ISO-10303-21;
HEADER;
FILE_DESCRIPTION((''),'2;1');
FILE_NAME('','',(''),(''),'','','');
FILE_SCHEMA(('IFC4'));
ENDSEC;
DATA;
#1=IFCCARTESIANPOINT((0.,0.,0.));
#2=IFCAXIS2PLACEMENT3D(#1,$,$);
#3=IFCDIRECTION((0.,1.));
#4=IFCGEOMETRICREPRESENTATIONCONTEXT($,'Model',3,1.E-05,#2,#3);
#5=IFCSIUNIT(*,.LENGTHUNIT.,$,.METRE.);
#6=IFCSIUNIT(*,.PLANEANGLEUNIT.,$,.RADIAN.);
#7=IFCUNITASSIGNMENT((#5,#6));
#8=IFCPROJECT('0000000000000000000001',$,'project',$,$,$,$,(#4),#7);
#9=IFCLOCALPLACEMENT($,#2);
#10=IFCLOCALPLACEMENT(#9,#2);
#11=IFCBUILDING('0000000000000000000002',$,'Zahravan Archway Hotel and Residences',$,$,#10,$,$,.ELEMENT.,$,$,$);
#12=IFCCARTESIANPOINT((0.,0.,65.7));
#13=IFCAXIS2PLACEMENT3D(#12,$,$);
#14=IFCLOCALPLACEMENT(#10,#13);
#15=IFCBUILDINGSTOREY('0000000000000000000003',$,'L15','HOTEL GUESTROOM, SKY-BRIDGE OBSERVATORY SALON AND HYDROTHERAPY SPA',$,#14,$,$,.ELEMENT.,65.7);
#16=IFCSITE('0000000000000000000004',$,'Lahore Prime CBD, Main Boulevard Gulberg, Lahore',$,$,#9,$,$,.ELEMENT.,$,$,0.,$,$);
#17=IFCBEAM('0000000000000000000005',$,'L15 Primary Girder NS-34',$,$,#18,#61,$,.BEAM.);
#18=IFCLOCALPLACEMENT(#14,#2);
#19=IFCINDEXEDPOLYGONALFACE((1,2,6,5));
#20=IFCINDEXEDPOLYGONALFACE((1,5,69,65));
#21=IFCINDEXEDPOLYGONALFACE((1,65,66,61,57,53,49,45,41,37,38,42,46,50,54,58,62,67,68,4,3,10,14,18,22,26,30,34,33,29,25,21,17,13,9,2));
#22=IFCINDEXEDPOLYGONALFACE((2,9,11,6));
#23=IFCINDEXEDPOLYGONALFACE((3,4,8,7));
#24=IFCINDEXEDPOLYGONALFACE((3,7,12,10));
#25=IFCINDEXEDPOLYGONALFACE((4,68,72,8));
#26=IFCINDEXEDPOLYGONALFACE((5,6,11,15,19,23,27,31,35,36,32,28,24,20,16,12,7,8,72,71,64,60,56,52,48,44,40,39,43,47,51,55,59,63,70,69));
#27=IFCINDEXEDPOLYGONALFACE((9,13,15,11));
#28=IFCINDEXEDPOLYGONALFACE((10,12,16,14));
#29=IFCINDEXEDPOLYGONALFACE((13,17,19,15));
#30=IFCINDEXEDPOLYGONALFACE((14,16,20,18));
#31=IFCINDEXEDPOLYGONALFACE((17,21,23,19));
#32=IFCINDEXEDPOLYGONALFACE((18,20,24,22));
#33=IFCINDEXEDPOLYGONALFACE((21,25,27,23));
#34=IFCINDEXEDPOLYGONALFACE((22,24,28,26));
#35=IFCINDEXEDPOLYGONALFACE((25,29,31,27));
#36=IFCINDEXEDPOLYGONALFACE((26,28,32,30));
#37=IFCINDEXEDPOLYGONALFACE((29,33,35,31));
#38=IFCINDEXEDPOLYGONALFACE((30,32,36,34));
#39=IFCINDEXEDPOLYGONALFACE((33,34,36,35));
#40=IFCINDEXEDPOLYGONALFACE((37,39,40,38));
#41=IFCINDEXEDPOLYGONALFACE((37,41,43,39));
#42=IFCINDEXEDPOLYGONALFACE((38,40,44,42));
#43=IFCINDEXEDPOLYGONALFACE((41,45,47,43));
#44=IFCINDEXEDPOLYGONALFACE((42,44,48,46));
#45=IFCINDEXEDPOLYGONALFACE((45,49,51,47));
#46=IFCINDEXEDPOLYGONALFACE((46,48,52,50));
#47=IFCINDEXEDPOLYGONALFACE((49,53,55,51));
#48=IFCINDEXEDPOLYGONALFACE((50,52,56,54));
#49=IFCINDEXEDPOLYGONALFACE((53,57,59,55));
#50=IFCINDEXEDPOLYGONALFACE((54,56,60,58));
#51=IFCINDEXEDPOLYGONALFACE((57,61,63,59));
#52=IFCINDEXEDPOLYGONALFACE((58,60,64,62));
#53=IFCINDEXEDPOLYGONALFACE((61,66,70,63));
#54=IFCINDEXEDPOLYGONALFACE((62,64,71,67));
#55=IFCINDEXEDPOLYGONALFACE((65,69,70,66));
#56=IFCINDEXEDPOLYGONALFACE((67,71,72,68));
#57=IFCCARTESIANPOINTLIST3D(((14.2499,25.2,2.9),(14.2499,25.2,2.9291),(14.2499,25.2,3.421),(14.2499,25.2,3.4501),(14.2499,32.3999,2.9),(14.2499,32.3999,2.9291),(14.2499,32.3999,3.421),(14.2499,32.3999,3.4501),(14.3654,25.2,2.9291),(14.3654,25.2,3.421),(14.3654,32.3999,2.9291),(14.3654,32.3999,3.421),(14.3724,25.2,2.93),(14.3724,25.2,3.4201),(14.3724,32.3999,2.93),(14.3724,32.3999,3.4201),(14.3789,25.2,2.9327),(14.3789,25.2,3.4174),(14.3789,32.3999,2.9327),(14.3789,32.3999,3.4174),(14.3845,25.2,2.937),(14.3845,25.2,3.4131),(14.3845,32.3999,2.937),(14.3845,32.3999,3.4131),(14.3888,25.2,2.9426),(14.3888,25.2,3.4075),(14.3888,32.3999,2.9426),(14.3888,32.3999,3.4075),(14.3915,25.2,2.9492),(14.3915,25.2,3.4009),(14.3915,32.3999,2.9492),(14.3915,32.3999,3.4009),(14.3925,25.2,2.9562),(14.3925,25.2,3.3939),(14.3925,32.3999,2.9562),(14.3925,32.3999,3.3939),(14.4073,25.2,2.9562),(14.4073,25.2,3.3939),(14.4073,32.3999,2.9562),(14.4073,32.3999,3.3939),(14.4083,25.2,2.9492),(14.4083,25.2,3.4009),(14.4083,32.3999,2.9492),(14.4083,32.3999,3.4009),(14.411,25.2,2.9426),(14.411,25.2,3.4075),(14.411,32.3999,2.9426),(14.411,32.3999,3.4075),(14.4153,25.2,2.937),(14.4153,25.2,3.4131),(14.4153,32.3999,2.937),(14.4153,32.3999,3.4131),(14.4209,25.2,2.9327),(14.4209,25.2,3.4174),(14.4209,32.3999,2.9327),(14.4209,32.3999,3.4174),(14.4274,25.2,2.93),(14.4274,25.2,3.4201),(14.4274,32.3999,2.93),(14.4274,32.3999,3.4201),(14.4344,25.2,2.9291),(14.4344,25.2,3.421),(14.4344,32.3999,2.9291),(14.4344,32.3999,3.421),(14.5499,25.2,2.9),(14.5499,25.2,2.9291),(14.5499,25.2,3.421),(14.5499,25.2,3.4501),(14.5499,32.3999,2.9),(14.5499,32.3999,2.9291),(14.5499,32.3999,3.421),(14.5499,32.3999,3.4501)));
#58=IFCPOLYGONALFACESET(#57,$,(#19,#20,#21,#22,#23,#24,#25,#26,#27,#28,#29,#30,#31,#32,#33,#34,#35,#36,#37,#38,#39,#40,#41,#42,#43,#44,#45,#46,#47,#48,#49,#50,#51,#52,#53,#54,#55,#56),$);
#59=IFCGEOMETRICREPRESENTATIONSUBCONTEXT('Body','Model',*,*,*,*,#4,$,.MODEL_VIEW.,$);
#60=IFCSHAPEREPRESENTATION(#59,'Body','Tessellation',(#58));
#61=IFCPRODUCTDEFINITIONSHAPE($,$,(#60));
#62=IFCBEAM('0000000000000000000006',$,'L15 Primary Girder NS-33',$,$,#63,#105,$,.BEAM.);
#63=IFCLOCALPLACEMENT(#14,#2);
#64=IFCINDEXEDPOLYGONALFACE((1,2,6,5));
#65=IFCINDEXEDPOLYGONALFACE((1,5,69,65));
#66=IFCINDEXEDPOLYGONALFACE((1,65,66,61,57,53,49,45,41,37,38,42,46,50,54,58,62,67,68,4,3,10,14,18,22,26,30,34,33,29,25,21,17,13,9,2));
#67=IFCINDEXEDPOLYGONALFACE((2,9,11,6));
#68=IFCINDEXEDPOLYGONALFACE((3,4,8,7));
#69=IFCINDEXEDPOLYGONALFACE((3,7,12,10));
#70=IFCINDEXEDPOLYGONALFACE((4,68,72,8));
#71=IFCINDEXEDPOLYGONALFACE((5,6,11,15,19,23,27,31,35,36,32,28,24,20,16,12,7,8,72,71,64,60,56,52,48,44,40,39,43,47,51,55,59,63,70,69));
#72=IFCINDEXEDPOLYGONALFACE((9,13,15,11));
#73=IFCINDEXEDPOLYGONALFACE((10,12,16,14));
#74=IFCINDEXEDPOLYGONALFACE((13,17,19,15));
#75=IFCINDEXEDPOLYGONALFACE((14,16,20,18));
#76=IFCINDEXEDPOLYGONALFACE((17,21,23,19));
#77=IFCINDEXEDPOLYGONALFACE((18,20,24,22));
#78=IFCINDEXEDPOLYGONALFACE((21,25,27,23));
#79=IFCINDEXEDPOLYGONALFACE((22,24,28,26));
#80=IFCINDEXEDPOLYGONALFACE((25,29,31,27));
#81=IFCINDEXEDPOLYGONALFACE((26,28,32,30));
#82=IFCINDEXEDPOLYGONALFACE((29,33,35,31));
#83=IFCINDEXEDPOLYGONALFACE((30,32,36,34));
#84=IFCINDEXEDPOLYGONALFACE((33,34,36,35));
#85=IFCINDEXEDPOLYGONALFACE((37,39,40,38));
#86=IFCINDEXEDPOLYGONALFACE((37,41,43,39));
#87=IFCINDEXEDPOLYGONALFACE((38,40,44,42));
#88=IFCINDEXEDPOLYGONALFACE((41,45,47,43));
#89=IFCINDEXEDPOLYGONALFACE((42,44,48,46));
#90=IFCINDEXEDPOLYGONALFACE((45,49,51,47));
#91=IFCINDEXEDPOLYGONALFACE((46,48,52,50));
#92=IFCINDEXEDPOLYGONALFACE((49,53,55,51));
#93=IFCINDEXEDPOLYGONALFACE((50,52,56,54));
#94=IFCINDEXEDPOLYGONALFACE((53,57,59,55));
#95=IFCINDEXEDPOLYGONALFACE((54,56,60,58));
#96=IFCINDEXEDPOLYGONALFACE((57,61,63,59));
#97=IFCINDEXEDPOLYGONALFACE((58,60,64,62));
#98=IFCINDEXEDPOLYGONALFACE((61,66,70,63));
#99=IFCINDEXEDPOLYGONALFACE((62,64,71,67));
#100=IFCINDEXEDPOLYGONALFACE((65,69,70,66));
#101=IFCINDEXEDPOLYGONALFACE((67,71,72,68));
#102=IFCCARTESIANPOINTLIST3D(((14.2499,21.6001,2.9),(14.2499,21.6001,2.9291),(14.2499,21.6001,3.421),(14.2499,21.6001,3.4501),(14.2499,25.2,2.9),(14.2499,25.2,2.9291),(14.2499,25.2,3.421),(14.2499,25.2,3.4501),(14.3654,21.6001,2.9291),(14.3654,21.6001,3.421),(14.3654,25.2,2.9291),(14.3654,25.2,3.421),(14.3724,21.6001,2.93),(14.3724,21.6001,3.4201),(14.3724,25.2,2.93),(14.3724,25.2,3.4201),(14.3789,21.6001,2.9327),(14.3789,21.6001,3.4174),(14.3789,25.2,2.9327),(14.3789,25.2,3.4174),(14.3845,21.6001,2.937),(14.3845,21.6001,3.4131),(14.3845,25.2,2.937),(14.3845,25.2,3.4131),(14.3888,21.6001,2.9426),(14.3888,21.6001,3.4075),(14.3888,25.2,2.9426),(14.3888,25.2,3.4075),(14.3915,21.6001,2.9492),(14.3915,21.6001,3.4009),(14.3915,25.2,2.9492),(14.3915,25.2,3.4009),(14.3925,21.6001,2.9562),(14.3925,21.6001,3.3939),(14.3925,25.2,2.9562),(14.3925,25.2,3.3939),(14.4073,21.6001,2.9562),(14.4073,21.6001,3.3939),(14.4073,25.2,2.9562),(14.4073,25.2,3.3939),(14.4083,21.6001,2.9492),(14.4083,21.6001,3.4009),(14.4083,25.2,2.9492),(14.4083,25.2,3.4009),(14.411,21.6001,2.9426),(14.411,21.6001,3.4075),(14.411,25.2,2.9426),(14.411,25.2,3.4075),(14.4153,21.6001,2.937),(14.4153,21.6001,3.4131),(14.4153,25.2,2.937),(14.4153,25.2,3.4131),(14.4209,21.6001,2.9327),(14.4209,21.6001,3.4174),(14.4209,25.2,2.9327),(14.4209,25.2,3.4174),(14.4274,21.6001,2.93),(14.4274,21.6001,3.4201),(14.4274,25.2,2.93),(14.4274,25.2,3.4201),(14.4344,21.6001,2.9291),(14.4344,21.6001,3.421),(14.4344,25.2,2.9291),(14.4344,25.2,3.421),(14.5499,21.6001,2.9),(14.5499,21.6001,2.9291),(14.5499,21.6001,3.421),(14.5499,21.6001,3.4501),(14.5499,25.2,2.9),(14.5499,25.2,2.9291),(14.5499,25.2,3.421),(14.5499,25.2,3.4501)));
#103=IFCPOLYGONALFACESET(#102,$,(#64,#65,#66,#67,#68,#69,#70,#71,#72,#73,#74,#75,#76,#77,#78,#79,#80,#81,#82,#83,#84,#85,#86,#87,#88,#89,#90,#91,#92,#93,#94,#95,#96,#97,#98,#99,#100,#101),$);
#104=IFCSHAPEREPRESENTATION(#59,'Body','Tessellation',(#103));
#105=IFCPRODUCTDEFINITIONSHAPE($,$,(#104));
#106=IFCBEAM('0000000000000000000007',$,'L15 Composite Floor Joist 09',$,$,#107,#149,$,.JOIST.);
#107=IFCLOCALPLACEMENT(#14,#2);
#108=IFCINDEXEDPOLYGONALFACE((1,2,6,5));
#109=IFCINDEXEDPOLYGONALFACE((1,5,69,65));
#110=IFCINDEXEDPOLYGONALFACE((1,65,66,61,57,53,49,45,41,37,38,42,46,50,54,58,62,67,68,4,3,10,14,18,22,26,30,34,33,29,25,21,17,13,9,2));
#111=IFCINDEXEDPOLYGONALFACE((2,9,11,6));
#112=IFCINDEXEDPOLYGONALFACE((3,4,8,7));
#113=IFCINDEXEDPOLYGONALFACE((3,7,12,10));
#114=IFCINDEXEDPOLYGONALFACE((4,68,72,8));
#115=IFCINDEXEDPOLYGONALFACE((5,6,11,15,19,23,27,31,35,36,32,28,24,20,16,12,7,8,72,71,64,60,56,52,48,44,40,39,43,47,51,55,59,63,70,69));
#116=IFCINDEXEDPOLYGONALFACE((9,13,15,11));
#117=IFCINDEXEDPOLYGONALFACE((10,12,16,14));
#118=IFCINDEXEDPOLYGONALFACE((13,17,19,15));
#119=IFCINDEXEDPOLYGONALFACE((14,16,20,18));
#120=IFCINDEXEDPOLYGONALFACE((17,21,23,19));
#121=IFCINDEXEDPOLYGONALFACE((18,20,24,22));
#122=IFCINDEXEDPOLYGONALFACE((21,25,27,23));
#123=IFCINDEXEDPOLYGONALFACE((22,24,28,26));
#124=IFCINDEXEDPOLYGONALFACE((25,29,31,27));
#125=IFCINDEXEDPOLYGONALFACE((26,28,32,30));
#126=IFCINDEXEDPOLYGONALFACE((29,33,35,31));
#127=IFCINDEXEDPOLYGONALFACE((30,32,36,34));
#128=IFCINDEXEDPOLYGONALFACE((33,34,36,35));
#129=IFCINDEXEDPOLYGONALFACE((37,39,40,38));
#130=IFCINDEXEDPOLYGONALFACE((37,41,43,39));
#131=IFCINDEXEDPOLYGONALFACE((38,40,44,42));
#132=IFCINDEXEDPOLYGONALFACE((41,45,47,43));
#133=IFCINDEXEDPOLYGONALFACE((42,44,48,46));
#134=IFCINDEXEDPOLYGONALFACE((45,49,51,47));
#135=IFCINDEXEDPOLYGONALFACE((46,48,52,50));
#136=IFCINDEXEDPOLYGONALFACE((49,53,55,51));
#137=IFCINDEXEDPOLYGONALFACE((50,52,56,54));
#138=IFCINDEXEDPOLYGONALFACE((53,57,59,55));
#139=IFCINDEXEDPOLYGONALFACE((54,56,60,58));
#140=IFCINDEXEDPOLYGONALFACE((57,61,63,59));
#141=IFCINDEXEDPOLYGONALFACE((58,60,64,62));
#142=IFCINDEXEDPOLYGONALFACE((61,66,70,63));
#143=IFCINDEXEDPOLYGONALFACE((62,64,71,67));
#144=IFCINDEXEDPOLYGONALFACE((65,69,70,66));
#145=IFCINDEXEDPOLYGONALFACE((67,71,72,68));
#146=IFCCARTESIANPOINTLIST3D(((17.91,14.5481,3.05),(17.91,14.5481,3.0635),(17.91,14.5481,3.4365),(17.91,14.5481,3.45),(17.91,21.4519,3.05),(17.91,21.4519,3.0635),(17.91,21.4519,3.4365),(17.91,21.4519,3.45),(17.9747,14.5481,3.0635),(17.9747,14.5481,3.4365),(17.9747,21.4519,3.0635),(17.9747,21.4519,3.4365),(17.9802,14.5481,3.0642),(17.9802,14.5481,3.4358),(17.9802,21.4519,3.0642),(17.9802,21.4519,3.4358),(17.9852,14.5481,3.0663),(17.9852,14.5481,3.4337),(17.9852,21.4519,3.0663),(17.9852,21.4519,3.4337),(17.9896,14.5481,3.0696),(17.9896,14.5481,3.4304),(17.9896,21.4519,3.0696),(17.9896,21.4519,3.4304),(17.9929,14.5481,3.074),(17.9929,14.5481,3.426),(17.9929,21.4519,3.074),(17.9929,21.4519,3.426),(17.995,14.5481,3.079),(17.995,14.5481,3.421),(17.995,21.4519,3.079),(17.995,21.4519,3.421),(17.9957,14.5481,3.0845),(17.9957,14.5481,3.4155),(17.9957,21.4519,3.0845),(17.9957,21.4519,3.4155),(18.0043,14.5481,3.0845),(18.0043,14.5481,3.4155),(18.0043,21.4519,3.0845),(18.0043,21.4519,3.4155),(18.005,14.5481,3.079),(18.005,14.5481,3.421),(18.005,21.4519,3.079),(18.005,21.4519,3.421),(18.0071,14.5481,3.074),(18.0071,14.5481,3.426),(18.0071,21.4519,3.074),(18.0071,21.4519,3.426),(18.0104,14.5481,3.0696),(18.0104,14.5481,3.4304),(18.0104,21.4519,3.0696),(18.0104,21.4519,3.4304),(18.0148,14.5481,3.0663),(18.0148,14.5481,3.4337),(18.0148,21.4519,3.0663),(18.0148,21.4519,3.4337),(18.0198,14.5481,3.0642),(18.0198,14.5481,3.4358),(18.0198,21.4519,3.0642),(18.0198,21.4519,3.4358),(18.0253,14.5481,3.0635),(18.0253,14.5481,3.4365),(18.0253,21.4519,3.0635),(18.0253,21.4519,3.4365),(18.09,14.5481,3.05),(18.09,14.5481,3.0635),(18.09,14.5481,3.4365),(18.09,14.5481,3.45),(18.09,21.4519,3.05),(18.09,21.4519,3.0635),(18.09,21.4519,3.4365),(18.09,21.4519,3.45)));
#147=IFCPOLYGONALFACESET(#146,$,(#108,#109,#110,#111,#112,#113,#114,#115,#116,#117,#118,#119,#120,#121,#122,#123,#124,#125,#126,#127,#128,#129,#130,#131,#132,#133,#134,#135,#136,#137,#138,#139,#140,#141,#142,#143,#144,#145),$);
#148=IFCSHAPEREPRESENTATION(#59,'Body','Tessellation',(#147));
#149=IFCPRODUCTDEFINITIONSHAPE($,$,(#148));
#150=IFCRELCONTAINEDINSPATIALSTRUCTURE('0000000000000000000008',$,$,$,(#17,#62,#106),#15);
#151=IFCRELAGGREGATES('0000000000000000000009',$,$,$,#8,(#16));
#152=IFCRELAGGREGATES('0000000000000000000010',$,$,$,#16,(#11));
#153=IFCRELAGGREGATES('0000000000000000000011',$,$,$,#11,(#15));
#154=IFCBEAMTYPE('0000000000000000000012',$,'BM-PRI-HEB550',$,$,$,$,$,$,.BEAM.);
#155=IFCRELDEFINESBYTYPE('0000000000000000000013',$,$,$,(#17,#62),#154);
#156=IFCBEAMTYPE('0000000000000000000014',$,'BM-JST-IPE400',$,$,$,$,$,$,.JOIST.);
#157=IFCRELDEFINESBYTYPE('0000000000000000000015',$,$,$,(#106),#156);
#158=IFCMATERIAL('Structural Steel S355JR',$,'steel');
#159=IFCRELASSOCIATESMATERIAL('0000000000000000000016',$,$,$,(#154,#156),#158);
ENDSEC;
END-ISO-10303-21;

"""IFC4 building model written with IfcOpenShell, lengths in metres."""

from ifc_helpers import new_model, si_unit, direction, frame, origin, origin_2d, place, context, subcontext, project, spatial, i_section, extrude, source, transform, mapped, material, material_profile, profile_set, type_object, element, save


model = new_model("IFC4")

# Units and contexts
model_context = context("Model", 3, precision=1e-05, world=origin(), true_north=direction((0.0, 1.0)))
body_context = subcontext(model_context, "Body", "Model", "MODEL_VIEW")
ifc_project = project(units=[si_unit("LENGTHUNIT", "METRE"), si_unit("PLANEANGLEUNIT", "RADIAN")], contexts=[model_context])

# Site, building, storey
site_placement = place(None, origin())
site = spatial("IfcSite", under=ifc_project, at=site_placement, Name="Lahore Prime CBD, Main Boulevard Gulberg, Lahore", CompositionType="ELEMENT", RefElevation=0.0)
building_placement = place(site_placement, origin())
building = spatial("IfcBuilding", under=site, at=building_placement, Name="Zahravan Archway Hotel and Residences", CompositionType="ELEMENT")
storey_placement = place(building_placement, frame((0.0, 0.0, 65.7)))
storey = spatial("IfcBuildingStorey", under=building, at=storey_placement, Name="L15", Description="HOTEL GUESTROOM, SKY-BRIDGE OBSERVATORY SALON AND HYDROTHERAPY SPA", CompositionType="ELEMENT", Elevation=65.7)

# Beams
ifc_material_1 = material(Name="Structural Steel S355JR", Category="steel")
ifc_material_profile_1 = material_profile(ifc_material_1, i_section(OverallWidth=0.3, OverallDepth=0.55, WebThickness=0.0149, FlangeThickness=0.0291, FilletRadius=0.0271, at=origin_2d()), Name="HEB 550", Category="steel")
ifc_profile_set_1 = profile_set([ifc_material_profile_1], Name="Structural Steel S355JR")
beam_type_1 = type_object("IfcBeamType", Name="BM-PRI-HEB550", PredefinedType="BEAM", material=ifc_profile_set_1)
shared_shape_1 = source(origin(), body_context, "Body", "SweptSolid", [
    extrude(i_section(OverallWidth=0.3, OverallDepth=0.55, WebThickness=0.0149, FlangeThickness=0.0291, FilletRadius=0.0271, at=origin_2d()), origin(), (0.0, 0.0, 1.0), 7.2),
])
for number, where, z_axis, x_axis, name in (
    (1, (14.3999, 25.2, 3.175), (0.0, 1.0, 0.0), (-1.0, 0.0, 0.0), "L15 Primary Girder NS-34"),
):
    element("IfcBeam", number, at=place(storey_placement, frame(where, z_axis=z_axis, x_axis=x_axis)), inside=storey, type_object=beam_type_1, Name=name, PredefinedType="BEAM", context=body_context, shape_type="MappedRepresentation", body=[
        mapped(shared_shape_1, transform((0.0, 0.0, 0.0), scale=1.0)),
    ])
shared_shape_2 = source(origin(), body_context, "Body", "SweptSolid", [
    extrude(i_section(OverallWidth=0.3, OverallDepth=0.55, WebThickness=0.0149, FlangeThickness=0.0291, FilletRadius=0.0271, at=origin_2d()), origin(), (0.0, 0.0, 1.0), 3.5999),
])
beam_1_placement = place(storey_placement, frame((14.3999, 21.6001, 3.175), z_axis=(0.0, 1.0, 0.0), x_axis=(-1.0, 0.0, 0.0)))
element("IfcBeam", 2, at=beam_1_placement, inside=storey, type_object=beam_type_1, Name="L15 Primary Girder NS-33", PredefinedType="BEAM", context=body_context, shape_type="MappedRepresentation", body=[
    mapped(shared_shape_2, transform((0.0, 0.0, 0.0), scale=1.0)),
])
ifc_material_profile_2 = material_profile(ifc_material_1, i_section(OverallWidth=0.1799, OverallDepth=0.3999, WebThickness=0.0085, FlangeThickness=0.0134, FilletRadius=0.021, at=origin_2d()), Name="IPE 400", Category="steel")
ifc_profile_set_2 = profile_set([ifc_material_profile_2], Name="Structural Steel S355JR")
beam_type_2 = type_object("IfcBeamType", Name="BM-JST-IPE400", PredefinedType="JOIST", material=ifc_profile_set_2)
shared_shape_3 = source(origin(), body_context, "Body", "SweptSolid", [
    extrude(i_section(OverallWidth=0.1799, OverallDepth=0.3999, WebThickness=0.0085, FlangeThickness=0.0134, FilletRadius=0.021, at=origin_2d()), origin(), (0.0, 0.0, 1.0), 6.9038),
])
beam_2_placement = place(storey_placement, frame((18.0, 14.5481, 3.25), z_axis=(0.0, 1.0, 0.0), x_axis=(-1.0, 0.0, 0.0)))
element("IfcBeam", 3, at=beam_2_placement, inside=storey, type_object=beam_type_2, Name="L15 Composite Floor Joist 09", PredefinedType="JOIST", context=body_context, shape_type="MappedRepresentation", body=[
    mapped(shared_shape_3, transform((0.0, 0.0, 0.0), scale=1.0)),
])

save(model, "model.ifc")
